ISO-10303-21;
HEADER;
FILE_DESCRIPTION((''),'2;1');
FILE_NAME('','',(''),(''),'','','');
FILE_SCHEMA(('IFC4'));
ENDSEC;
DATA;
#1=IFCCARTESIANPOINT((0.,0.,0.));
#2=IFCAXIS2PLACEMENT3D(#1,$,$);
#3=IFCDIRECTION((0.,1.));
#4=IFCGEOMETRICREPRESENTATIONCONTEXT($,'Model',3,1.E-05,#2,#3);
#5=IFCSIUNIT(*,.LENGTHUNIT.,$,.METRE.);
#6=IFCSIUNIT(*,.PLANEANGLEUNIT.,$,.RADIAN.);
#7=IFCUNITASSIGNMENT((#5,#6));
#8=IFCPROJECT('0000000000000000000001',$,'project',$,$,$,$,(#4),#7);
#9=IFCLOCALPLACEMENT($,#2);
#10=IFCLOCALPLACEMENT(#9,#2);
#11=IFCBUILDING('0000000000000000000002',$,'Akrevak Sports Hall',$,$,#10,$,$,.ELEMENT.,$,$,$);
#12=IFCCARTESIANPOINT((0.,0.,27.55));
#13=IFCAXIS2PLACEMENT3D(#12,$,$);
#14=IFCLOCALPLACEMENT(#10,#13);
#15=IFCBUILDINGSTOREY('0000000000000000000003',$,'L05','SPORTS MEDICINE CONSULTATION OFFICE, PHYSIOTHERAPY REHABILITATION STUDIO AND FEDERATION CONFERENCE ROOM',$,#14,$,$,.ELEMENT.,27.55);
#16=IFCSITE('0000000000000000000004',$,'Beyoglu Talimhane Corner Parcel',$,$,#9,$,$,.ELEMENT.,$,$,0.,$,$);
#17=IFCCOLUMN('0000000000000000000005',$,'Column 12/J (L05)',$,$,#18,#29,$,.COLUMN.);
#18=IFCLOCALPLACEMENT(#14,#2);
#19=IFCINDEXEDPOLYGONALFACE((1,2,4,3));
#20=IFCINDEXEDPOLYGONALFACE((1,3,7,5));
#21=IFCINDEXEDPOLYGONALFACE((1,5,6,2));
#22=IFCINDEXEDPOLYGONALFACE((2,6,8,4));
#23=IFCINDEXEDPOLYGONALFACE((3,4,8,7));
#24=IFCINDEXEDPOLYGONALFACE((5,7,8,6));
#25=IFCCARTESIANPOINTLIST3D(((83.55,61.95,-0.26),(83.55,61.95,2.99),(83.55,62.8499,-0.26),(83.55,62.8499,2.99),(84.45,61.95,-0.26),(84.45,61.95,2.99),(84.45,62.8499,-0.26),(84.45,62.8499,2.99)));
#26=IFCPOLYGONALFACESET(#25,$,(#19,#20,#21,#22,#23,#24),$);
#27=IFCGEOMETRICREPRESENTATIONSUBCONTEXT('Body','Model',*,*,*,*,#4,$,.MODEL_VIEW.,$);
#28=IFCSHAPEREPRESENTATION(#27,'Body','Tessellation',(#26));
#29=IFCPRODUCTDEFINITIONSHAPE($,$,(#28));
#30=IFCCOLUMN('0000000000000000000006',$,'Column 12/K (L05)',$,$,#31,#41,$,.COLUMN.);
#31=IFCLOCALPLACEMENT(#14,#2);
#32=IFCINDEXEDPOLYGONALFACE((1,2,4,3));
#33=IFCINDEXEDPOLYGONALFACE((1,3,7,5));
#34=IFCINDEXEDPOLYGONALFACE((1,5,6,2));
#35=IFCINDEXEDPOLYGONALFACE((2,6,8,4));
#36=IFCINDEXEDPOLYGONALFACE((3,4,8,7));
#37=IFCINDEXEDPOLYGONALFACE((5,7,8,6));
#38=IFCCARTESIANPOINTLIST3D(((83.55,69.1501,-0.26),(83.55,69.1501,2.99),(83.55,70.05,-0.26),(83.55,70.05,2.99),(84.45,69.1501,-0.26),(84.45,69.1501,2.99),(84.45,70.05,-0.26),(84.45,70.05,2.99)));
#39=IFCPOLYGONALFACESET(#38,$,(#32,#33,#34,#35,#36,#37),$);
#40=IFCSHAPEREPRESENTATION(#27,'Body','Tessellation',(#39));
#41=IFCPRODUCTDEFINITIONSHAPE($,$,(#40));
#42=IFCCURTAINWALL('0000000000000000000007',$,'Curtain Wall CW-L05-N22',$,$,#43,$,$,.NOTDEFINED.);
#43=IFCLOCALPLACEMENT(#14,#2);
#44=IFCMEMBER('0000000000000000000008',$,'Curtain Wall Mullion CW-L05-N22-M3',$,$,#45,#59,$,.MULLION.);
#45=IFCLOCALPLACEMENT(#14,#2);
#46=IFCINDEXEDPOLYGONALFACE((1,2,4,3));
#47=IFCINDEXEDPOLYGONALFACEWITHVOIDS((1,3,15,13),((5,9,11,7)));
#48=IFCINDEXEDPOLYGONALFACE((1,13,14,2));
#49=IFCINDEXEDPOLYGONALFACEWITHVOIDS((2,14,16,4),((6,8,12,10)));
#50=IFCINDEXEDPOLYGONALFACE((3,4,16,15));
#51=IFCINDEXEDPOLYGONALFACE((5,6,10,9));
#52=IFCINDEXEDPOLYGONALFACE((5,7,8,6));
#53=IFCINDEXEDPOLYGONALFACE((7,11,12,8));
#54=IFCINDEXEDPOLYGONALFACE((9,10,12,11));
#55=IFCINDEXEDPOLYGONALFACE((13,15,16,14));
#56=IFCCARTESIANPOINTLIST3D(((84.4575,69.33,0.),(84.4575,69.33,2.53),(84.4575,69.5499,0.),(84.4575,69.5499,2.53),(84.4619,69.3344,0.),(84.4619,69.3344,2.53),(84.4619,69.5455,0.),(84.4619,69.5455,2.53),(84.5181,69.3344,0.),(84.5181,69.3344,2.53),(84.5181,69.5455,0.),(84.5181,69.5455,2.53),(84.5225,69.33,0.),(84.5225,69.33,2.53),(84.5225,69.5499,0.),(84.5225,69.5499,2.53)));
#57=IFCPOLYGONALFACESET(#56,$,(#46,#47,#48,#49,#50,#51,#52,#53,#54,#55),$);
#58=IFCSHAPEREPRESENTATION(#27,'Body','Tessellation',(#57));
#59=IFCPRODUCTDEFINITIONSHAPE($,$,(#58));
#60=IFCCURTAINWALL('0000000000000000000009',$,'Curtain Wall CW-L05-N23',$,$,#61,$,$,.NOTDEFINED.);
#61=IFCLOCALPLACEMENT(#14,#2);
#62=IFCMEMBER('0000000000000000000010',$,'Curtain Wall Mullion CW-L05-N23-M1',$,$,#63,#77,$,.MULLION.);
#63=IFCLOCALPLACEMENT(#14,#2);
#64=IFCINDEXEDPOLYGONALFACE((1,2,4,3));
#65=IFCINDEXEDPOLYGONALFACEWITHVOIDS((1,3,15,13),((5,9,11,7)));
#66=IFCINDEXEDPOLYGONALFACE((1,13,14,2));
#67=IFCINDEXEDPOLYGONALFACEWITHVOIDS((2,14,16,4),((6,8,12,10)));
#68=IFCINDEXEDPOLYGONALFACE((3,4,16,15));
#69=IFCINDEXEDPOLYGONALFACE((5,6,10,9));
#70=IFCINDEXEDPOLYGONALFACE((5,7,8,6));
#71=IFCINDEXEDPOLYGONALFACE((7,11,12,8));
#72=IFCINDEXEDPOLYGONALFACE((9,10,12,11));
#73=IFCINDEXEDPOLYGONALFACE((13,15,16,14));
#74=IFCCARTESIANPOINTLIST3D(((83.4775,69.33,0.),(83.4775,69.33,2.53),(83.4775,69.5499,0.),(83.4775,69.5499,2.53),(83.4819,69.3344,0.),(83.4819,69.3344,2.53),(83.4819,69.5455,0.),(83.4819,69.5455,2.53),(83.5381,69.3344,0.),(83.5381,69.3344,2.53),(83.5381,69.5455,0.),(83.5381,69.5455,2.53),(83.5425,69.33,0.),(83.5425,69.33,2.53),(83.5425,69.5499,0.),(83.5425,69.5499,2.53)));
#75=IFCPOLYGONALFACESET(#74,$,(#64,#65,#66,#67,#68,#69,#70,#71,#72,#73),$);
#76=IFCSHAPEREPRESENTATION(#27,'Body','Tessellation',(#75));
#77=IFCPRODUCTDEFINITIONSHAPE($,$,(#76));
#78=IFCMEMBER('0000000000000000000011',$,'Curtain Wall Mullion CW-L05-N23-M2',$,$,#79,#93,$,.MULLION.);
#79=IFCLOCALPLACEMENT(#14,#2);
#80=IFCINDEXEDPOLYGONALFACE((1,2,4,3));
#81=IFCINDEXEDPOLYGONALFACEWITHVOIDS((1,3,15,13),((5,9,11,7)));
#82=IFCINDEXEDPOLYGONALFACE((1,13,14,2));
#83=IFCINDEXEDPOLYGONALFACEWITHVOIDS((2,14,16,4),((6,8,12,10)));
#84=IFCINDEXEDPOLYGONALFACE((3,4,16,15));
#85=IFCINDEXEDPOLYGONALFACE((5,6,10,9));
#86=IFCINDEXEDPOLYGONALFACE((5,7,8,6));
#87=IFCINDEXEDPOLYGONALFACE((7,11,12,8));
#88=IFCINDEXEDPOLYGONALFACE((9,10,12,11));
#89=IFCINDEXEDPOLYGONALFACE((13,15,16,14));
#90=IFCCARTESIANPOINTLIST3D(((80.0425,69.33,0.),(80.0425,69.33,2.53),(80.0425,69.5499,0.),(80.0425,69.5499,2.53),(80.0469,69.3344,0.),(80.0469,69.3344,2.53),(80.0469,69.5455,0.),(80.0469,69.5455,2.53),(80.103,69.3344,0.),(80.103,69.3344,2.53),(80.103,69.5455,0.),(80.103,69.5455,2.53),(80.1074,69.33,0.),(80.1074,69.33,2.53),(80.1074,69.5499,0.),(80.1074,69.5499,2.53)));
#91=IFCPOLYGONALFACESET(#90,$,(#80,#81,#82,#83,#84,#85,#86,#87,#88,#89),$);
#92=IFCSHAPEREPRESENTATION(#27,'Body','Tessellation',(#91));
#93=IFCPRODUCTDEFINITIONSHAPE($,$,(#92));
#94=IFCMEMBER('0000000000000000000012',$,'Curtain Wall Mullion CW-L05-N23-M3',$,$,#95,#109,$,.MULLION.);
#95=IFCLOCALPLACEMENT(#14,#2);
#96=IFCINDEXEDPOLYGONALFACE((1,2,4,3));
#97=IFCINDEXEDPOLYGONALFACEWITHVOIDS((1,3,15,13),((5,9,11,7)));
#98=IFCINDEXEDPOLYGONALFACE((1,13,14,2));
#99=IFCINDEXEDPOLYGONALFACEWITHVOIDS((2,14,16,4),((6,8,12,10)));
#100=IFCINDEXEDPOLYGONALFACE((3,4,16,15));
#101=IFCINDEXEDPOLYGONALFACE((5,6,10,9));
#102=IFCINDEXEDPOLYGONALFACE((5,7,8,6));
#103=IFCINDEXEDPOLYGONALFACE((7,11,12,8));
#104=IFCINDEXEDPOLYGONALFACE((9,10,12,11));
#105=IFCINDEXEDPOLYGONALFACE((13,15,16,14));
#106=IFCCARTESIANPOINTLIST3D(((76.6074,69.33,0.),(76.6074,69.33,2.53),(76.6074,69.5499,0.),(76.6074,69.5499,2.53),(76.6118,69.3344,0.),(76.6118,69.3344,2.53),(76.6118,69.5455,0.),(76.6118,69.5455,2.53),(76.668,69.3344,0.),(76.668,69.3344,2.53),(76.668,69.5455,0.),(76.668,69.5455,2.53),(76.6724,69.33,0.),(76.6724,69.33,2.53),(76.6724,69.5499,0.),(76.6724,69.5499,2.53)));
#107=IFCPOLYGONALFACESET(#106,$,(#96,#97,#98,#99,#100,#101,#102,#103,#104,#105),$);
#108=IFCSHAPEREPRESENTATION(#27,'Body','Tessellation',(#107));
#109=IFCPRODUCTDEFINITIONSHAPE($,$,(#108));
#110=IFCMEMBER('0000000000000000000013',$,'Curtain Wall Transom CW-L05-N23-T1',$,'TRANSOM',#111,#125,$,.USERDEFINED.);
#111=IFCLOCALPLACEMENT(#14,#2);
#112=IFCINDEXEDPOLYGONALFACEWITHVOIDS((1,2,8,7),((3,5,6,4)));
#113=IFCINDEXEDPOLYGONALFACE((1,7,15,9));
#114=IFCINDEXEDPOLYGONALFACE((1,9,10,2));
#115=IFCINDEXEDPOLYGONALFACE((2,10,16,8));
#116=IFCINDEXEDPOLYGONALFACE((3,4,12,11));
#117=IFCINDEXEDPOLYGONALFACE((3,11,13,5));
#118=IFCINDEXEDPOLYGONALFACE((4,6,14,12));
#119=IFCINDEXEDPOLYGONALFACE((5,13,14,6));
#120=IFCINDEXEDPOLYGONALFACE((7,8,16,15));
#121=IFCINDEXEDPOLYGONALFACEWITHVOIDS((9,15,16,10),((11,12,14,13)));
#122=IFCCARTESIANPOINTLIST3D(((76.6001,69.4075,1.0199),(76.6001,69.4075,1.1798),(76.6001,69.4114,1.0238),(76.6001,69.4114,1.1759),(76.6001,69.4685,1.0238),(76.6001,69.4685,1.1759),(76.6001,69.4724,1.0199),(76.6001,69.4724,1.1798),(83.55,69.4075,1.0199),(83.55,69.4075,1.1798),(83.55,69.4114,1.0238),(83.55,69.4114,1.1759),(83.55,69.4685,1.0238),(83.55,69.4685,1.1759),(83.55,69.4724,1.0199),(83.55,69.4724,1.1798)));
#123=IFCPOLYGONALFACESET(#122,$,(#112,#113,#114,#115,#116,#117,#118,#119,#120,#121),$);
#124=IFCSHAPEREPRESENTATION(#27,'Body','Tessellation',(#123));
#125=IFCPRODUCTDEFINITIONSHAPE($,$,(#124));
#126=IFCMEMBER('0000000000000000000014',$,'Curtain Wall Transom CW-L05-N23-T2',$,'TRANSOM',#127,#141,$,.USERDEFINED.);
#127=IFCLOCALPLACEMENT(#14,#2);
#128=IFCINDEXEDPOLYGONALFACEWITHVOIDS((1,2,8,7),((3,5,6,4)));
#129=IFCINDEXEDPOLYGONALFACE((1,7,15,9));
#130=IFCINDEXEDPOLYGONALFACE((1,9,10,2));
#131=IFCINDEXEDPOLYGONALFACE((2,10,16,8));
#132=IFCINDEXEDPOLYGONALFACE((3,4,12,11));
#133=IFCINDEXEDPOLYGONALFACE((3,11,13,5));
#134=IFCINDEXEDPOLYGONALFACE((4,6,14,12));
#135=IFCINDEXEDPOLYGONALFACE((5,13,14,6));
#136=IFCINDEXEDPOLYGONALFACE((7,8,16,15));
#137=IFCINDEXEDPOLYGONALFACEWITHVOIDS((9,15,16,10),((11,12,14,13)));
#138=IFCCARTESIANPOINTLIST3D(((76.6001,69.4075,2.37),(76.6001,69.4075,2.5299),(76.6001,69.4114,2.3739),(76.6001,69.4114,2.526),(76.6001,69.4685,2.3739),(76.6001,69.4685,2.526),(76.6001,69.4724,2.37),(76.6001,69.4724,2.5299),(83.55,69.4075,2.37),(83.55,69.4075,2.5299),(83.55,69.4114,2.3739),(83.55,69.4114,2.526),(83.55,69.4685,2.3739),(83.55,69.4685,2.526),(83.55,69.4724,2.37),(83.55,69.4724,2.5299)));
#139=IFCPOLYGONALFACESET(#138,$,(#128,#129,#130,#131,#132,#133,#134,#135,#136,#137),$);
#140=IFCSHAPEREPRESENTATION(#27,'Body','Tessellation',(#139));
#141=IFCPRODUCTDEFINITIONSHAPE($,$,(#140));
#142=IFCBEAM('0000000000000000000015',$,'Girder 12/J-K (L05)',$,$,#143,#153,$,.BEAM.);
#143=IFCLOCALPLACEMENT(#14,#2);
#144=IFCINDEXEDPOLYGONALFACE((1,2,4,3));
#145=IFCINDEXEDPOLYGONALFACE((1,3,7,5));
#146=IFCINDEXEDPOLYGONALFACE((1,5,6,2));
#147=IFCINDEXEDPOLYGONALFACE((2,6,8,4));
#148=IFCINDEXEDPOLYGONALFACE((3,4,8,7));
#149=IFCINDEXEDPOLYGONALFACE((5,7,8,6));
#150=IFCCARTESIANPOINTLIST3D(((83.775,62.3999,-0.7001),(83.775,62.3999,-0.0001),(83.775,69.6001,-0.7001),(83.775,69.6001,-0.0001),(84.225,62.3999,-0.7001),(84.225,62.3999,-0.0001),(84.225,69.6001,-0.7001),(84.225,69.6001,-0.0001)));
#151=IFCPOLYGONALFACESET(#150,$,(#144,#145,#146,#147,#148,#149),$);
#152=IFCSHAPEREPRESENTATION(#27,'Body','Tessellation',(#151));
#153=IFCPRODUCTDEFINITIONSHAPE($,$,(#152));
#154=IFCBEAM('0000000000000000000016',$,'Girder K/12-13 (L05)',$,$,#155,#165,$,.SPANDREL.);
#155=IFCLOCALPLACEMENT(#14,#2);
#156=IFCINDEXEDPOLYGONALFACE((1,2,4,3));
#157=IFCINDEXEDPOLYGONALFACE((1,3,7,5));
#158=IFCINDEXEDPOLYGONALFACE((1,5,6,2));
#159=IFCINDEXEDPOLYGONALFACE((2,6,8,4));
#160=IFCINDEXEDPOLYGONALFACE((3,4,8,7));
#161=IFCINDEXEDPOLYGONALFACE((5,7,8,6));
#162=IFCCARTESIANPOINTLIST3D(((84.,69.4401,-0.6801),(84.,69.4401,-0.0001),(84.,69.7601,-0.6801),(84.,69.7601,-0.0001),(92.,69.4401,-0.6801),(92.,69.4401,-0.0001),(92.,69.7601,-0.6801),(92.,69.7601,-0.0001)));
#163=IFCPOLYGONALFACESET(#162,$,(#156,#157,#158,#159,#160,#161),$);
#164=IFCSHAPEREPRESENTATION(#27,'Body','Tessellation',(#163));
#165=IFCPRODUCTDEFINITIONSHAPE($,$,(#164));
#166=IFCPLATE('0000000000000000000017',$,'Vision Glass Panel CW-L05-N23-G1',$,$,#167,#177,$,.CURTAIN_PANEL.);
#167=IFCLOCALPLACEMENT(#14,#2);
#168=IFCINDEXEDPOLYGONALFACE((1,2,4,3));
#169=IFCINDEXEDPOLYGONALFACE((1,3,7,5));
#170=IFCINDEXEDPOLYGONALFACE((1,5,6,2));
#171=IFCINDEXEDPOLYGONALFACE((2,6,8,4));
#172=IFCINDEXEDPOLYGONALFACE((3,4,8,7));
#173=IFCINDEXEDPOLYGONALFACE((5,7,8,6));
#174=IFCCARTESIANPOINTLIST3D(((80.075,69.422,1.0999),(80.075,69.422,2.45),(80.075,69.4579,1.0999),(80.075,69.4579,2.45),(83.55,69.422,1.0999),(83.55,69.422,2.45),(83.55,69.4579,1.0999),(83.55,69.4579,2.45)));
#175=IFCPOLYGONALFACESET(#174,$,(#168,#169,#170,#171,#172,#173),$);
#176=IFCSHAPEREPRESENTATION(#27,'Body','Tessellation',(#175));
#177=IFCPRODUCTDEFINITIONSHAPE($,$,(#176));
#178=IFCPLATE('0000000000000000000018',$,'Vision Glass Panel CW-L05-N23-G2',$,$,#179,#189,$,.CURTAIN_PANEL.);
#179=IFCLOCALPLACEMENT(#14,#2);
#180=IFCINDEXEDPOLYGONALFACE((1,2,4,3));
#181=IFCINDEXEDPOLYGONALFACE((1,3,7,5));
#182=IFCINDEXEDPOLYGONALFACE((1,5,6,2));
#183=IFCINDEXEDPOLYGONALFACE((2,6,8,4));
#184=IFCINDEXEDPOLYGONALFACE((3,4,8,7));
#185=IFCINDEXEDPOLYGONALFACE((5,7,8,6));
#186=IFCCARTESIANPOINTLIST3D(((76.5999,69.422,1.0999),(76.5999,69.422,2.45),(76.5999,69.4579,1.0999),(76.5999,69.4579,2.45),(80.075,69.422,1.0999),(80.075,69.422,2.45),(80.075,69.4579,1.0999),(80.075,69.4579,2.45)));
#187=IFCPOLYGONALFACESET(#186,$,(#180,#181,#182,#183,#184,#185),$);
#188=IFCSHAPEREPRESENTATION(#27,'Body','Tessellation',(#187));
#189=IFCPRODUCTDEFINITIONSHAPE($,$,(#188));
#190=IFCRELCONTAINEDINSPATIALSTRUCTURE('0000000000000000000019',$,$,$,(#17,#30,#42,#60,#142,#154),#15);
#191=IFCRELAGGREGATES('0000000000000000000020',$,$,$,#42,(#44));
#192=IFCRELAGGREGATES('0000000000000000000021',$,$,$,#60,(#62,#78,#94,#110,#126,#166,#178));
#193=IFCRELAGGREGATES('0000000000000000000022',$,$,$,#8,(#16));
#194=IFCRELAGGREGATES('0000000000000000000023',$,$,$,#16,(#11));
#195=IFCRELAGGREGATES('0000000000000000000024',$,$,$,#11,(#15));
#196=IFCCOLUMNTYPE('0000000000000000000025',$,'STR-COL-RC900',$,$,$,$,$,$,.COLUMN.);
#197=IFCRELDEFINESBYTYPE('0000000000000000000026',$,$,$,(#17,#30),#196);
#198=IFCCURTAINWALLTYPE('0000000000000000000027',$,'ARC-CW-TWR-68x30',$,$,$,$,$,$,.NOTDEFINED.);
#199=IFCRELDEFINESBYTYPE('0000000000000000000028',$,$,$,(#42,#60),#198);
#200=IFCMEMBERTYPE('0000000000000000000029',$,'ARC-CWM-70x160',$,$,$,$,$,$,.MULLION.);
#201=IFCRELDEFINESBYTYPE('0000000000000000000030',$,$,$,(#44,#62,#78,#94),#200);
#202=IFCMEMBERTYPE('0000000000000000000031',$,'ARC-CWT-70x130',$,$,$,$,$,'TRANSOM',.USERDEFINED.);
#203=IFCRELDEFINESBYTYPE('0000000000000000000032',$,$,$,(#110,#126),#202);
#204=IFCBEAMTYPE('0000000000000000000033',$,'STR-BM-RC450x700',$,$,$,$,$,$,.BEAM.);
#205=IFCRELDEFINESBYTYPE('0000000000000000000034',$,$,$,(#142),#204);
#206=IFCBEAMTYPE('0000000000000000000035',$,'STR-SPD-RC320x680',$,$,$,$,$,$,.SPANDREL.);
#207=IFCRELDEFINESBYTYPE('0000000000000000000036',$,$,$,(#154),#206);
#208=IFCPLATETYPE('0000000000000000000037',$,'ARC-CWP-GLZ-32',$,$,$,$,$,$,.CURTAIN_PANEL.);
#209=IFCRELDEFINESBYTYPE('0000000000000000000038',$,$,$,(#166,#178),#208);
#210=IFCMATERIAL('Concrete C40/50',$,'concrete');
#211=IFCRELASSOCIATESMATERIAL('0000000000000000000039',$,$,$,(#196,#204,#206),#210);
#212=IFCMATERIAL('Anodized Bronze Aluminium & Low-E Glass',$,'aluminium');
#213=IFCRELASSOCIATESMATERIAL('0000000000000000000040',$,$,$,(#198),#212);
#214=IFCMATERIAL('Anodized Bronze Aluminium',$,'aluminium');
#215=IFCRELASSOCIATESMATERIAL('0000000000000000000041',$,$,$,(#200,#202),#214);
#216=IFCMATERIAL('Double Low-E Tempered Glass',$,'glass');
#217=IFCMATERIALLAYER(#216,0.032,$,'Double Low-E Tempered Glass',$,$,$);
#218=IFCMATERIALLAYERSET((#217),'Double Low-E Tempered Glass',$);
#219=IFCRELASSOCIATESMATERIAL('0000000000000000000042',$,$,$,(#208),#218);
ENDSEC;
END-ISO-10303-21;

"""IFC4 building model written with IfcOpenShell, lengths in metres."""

from ifc_helpers import new_model, si_unit, direction, frame, origin, origin_2d, place, context, subcontext, project, spatial, rectangle, hollow_rectangle, extrude, material, layer, layer_set, material_profile, profile_set, type_object, element, aggregate, save


model = new_model("IFC4")

# Units and contexts
model_context = context("Model", 3, precision=1e-05, world=origin(), true_north=direction((0.0, 1.0)))
body_context = subcontext(model_context, "Body", "Model", "MODEL_VIEW")
ifc_project = project(units=[si_unit("LENGTHUNIT", "METRE"), si_unit("PLANEANGLEUNIT", "RADIAN")], contexts=[model_context])

# Site, building, storey
site_placement = place(None, origin())
site = spatial("IfcSite", under=ifc_project, at=site_placement, Name="Beyoglu Talimhane Corner Parcel", CompositionType="ELEMENT", RefElevation=0.0)
building_placement = place(site_placement, origin())
building = spatial("IfcBuilding", under=site, at=building_placement, Name="Akrevak Sports Hall", CompositionType="ELEMENT")
storey_placement = place(building_placement, frame((0.0, 0.0, 27.55)))
storey = spatial("IfcBuildingStorey", under=building, at=storey_placement, Name="L05", Description="SPORTS MEDICINE CONSULTATION OFFICE, PHYSIOTHERAPY REHABILITATION STUDIO AND FEDERATION CONFERENCE ROOM", CompositionType="ELEMENT", Elevation=27.55)

# Columns
ifc_material_1 = material(Name="Concrete C40/50", Category="concrete")
ifc_material_profile_1 = material_profile(ifc_material_1, rectangle(XDim=0.8999, YDim=0.8999, at=origin_2d()), Name="RC 900x900", Category="concrete")
ifc_profile_set_1 = profile_set([ifc_material_profile_1], Name="Concrete C40/50")
column_type = type_object("IfcColumnType", Name="STR-COL-RC900", PredefinedType="COLUMN", material=ifc_profile_set_1)
for number, where, z_axis, x_axis, name in (
    (1, (84.0, 62.3999, -0.26), (0.0, 0.0, 1.0), (1.0, 0.0, 0.0), "Column 12/J (L05)"),
    (2, (84.0, 69.6001, -0.26), (0.0, 0.0, 1.0), (1.0, 0.0, 0.0), "Column 12/K (L05)"),
):
    element("IfcColumn", number, at=place(storey_placement, frame(where, z_axis=z_axis, x_axis=x_axis)), inside=storey, type_object=column_type, Name=name, PredefinedType="COLUMN", context=body_context, shape_type="SweptSolid", body=[
        extrude(rectangle(XDim=0.8999, YDim=0.8999, at=origin_2d()), origin(), (0.0, 0.0, 1.0), 3.25),
    ])

# Curtain wall, member
ifc_material_2 = material(Name="Anodized Bronze Aluminium & Low-E Glass", Category="aluminium")
curtain_wall_type = type_object("IfcCurtainWallType", Name="ARC-CW-TWR-68x30", PredefinedType="NOTDEFINED", material=ifc_material_2)
curtain_wall_1_placement = place(storey_placement, origin())
curtain_wall_1 = element("IfcCurtainWall", 3, at=curtain_wall_1_placement, inside=storey, type_object=curtain_wall_type, Name="Curtain Wall CW-L05-N22", PredefinedType="NOTDEFINED")
ifc_material_3 = material(Name="Anodized Bronze Aluminium", Category="aluminium")
ifc_material_profile_2 = material_profile(ifc_material_3, hollow_rectangle(XDim=0.0649, YDim=0.22, WallThickness=0.0044, at=origin_2d()), Name="CWM 65x220", Category="aluminium")
ifc_profile_set_2 = profile_set([ifc_material_profile_2], Name="Anodized Bronze Aluminium")
member_type_1 = type_object("IfcMemberType", Name="ARC-CWM-70x160", PredefinedType="MULLION", material=ifc_profile_set_2)
member_1_placement = place(storey_placement, frame((84.49, 69.4399, 0.0), z_axis=(0.0, 0.0, 1.0), x_axis=(-1.0, 0.0, 0.0)))
member_1 = element("IfcMember", 4, at=member_1_placement, type_object=member_type_1, Name="Curtain Wall Mullion CW-L05-N22-M3", PredefinedType="MULLION", context=body_context, shape_type="SweptSolid", body=[
    extrude(hollow_rectangle(XDim=0.0649, YDim=0.22, WallThickness=0.0044, at=origin_2d()), origin(), (0.0, 0.0, 1.0), 2.53),
])
aggregate(curtain_wall_1, [member_1])

# Curtain wall, members
curtain_wall_2_placement = place(storey_placement, origin())
curtain_wall_2 = element("IfcCurtainWall", 5, at=curtain_wall_2_placement, inside=storey, type_object=curtain_wall_type, Name="Curtain Wall CW-L05-N23", PredefinedType="NOTDEFINED")
member_2_placement = place(storey_placement, frame((83.51, 69.4399, 0.0), z_axis=(0.0, 0.0, 1.0), x_axis=(-1.0, 0.0, 0.0)))
member_2 = element("IfcMember", 6, at=member_2_placement, type_object=member_type_1, Name="Curtain Wall Mullion CW-L05-N23-M1", PredefinedType="MULLION", context=body_context, shape_type="SweptSolid", body=[
    extrude(hollow_rectangle(XDim=0.0649, YDim=0.22, WallThickness=0.0044, at=origin_2d()), origin(), (0.0, 0.0, 1.0), 2.53),
])
member_3_placement = place(storey_placement, frame((80.075, 69.4399, 0.0), z_axis=(0.0, 0.0, 1.0), x_axis=(-1.0, 0.0, 0.0)))
member_3 = element("IfcMember", 7, at=member_3_placement, type_object=member_type_1, Name="Curtain Wall Mullion CW-L05-N23-M2", PredefinedType="MULLION", context=body_context, shape_type="SweptSolid", body=[
    extrude(hollow_rectangle(XDim=0.0649, YDim=0.22, WallThickness=0.0044, at=origin_2d()), origin(), (0.0, 0.0, 1.0), 2.53),
])
member_4_placement = place(storey_placement, frame((76.6399, 69.4399, 0.0), z_axis=(0.0, 0.0, 1.0), x_axis=(-1.0, 0.0, 0.0)))
member_4 = element("IfcMember", 8, at=member_4_placement, type_object=member_type_1, Name="Curtain Wall Mullion CW-L05-N23-M3", PredefinedType="MULLION", context=body_context, shape_type="SweptSolid", body=[
    extrude(hollow_rectangle(XDim=0.0649, YDim=0.22, WallThickness=0.0044, at=origin_2d()), origin(), (0.0, 0.0, 1.0), 2.53),
])
ifc_material_profile_3 = material_profile(ifc_material_3, hollow_rectangle(XDim=0.0649, YDim=0.1599, WallThickness=0.0039, at=origin_2d()), Name="CWT 65x160", Category="aluminium")
ifc_profile_set_3 = profile_set([ifc_material_profile_3], Name="Anodized Bronze Aluminium")
member_type_2 = type_object("IfcMemberType", Name="ARC-CWT-70x130", ElementType="TRANSOM", PredefinedType="USERDEFINED", material=ifc_profile_set_3)
member_5_placement = place(storey_placement, frame((83.55, 69.4399, 1.0999), z_axis=(-1.0, 0.0, 0.0), x_axis=(0.0, -1.0, 0.0)))
member_5 = element("IfcMember", 9, at=member_5_placement, type_object=member_type_2, Name="Curtain Wall Transom CW-L05-N23-T1", ObjectType="TRANSOM", PredefinedType="USERDEFINED", context=body_context, shape_type="SweptSolid", body=[
    extrude(hollow_rectangle(XDim=0.0649, YDim=0.1599, WallThickness=0.0039, at=origin_2d()), origin(), (0.0, 0.0, 1.0), 6.95),
])
member_6_placement = place(storey_placement, frame((83.55, 69.4399, 2.45), z_axis=(-1.0, 0.0, 0.0), x_axis=(0.0, -1.0, 0.0)))
member_6 = element("IfcMember", 10, at=member_6_placement, type_object=member_type_2, Name="Curtain Wall Transom CW-L05-N23-T2", ObjectType="TRANSOM", PredefinedType="USERDEFINED", context=body_context, shape_type="SweptSolid", body=[
    extrude(hollow_rectangle(XDim=0.0649, YDim=0.1599, WallThickness=0.0039, at=origin_2d()), origin(), (0.0, 0.0, 1.0), 6.95),
])

# Beams
ifc_material_profile_4 = material_profile(ifc_material_1, rectangle(XDim=0.45, YDim=0.7, at=origin_2d()), Name="BM 450x700", Category="concrete")
ifc_profile_set_4 = profile_set([ifc_material_profile_4], Name="Concrete C40/50")
beam_type_1 = type_object("IfcBeamType", Name="STR-BM-RC450x700", PredefinedType="BEAM", material=ifc_profile_set_4)
beam_1_placement = place(storey_placement, frame((84.0, 62.3999, -0.3501), z_axis=(0.0, 1.0, 0.0), x_axis=(-1.0, 0.0, 0.0)))
element("IfcBeam", 11, at=beam_1_placement, inside=storey, type_object=beam_type_1, Name="Girder 12/J-K (L05)", PredefinedType="BEAM", context=body_context, shape_type="SweptSolid", body=[
    extrude(rectangle(XDim=0.45, YDim=0.7, at=origin_2d()), origin(), (0.0, 0.0, 1.0), 7.2002),
])
ifc_material_profile_5 = material_profile(ifc_material_1, rectangle(XDim=0.3201, YDim=0.6799, at=origin_2d()), Name="SPD 320x680", Category="concrete")
ifc_profile_set_5 = profile_set([ifc_material_profile_5], Name="Concrete C40/50")
beam_type_2 = type_object("IfcBeamType", Name="STR-SPD-RC320x680", PredefinedType="SPANDREL", material=ifc_profile_set_5)
beam_2_placement = place(storey_placement, frame((84.0, 69.6001, -0.3401), z_axis=(1.0, 0.0, 0.0), x_axis=(0.0, 1.0, 0.0)))
element("IfcBeam", 12, at=beam_2_placement, inside=storey, type_object=beam_type_2, Name="Girder K/12-13 (L05)", PredefinedType="SPANDREL", context=body_context, shape_type="SweptSolid", body=[
    extrude(rectangle(XDim=0.3201, YDim=0.6799, at=origin_2d()), origin(), (0.0, 0.0, 1.0), 8.0),
])

# Plates
ifc_material_4 = material(Name="Double Low-E Tempered Glass", Category="glass")
ifc_layer_1 = layer(ifc_material_4, 0.032, Name="Double Low-E Tempered Glass")
ifc_layer_set_1 = layer_set([ifc_layer_1], Name="Double Low-E Tempered Glass")
plate_type_1 = type_object("IfcPlateType", Name="ARC-CWP-GLZ-32", PredefinedType="CURTAIN_PANEL", material=ifc_layer_set_1)
plate_1_placement = place(storey_placement, frame((81.8125, 69.4399, 1.0999), z_axis=(0.0, 0.0, 1.0), x_axis=(-1.0, 0.0, 0.0)))
plate_1 = element("IfcPlate", 13, at=plate_1_placement, type_object=plate_type_1, Name="Vision Glass Panel CW-L05-N23-G1", PredefinedType="CURTAIN_PANEL", context=body_context, shape_type="SweptSolid", body=[
    extrude(rectangle(XDim=3.4751, YDim=0.0359, at=origin_2d()), origin(), (0.0, 0.0, 1.0), 1.3501),
])
plate_2_placement = place(storey_placement, frame((78.3374, 69.4399, 1.0999), z_axis=(0.0, 0.0, 1.0), x_axis=(-1.0, 0.0, 0.0)))
plate_2 = element("IfcPlate", 14, at=plate_2_placement, type_object=plate_type_1, Name="Vision Glass Panel CW-L05-N23-G2", PredefinedType="CURTAIN_PANEL", context=body_context, shape_type="SweptSolid", body=[
    extrude(rectangle(XDim=3.4751, YDim=0.0359, at=origin_2d()), origin(), (0.0, 0.0, 1.0), 1.3501),
])
aggregate(curtain_wall_2, [member_2, member_3, member_4, member_5, member_6, plate_1, plate_2])

save(model, "model.ifc")
